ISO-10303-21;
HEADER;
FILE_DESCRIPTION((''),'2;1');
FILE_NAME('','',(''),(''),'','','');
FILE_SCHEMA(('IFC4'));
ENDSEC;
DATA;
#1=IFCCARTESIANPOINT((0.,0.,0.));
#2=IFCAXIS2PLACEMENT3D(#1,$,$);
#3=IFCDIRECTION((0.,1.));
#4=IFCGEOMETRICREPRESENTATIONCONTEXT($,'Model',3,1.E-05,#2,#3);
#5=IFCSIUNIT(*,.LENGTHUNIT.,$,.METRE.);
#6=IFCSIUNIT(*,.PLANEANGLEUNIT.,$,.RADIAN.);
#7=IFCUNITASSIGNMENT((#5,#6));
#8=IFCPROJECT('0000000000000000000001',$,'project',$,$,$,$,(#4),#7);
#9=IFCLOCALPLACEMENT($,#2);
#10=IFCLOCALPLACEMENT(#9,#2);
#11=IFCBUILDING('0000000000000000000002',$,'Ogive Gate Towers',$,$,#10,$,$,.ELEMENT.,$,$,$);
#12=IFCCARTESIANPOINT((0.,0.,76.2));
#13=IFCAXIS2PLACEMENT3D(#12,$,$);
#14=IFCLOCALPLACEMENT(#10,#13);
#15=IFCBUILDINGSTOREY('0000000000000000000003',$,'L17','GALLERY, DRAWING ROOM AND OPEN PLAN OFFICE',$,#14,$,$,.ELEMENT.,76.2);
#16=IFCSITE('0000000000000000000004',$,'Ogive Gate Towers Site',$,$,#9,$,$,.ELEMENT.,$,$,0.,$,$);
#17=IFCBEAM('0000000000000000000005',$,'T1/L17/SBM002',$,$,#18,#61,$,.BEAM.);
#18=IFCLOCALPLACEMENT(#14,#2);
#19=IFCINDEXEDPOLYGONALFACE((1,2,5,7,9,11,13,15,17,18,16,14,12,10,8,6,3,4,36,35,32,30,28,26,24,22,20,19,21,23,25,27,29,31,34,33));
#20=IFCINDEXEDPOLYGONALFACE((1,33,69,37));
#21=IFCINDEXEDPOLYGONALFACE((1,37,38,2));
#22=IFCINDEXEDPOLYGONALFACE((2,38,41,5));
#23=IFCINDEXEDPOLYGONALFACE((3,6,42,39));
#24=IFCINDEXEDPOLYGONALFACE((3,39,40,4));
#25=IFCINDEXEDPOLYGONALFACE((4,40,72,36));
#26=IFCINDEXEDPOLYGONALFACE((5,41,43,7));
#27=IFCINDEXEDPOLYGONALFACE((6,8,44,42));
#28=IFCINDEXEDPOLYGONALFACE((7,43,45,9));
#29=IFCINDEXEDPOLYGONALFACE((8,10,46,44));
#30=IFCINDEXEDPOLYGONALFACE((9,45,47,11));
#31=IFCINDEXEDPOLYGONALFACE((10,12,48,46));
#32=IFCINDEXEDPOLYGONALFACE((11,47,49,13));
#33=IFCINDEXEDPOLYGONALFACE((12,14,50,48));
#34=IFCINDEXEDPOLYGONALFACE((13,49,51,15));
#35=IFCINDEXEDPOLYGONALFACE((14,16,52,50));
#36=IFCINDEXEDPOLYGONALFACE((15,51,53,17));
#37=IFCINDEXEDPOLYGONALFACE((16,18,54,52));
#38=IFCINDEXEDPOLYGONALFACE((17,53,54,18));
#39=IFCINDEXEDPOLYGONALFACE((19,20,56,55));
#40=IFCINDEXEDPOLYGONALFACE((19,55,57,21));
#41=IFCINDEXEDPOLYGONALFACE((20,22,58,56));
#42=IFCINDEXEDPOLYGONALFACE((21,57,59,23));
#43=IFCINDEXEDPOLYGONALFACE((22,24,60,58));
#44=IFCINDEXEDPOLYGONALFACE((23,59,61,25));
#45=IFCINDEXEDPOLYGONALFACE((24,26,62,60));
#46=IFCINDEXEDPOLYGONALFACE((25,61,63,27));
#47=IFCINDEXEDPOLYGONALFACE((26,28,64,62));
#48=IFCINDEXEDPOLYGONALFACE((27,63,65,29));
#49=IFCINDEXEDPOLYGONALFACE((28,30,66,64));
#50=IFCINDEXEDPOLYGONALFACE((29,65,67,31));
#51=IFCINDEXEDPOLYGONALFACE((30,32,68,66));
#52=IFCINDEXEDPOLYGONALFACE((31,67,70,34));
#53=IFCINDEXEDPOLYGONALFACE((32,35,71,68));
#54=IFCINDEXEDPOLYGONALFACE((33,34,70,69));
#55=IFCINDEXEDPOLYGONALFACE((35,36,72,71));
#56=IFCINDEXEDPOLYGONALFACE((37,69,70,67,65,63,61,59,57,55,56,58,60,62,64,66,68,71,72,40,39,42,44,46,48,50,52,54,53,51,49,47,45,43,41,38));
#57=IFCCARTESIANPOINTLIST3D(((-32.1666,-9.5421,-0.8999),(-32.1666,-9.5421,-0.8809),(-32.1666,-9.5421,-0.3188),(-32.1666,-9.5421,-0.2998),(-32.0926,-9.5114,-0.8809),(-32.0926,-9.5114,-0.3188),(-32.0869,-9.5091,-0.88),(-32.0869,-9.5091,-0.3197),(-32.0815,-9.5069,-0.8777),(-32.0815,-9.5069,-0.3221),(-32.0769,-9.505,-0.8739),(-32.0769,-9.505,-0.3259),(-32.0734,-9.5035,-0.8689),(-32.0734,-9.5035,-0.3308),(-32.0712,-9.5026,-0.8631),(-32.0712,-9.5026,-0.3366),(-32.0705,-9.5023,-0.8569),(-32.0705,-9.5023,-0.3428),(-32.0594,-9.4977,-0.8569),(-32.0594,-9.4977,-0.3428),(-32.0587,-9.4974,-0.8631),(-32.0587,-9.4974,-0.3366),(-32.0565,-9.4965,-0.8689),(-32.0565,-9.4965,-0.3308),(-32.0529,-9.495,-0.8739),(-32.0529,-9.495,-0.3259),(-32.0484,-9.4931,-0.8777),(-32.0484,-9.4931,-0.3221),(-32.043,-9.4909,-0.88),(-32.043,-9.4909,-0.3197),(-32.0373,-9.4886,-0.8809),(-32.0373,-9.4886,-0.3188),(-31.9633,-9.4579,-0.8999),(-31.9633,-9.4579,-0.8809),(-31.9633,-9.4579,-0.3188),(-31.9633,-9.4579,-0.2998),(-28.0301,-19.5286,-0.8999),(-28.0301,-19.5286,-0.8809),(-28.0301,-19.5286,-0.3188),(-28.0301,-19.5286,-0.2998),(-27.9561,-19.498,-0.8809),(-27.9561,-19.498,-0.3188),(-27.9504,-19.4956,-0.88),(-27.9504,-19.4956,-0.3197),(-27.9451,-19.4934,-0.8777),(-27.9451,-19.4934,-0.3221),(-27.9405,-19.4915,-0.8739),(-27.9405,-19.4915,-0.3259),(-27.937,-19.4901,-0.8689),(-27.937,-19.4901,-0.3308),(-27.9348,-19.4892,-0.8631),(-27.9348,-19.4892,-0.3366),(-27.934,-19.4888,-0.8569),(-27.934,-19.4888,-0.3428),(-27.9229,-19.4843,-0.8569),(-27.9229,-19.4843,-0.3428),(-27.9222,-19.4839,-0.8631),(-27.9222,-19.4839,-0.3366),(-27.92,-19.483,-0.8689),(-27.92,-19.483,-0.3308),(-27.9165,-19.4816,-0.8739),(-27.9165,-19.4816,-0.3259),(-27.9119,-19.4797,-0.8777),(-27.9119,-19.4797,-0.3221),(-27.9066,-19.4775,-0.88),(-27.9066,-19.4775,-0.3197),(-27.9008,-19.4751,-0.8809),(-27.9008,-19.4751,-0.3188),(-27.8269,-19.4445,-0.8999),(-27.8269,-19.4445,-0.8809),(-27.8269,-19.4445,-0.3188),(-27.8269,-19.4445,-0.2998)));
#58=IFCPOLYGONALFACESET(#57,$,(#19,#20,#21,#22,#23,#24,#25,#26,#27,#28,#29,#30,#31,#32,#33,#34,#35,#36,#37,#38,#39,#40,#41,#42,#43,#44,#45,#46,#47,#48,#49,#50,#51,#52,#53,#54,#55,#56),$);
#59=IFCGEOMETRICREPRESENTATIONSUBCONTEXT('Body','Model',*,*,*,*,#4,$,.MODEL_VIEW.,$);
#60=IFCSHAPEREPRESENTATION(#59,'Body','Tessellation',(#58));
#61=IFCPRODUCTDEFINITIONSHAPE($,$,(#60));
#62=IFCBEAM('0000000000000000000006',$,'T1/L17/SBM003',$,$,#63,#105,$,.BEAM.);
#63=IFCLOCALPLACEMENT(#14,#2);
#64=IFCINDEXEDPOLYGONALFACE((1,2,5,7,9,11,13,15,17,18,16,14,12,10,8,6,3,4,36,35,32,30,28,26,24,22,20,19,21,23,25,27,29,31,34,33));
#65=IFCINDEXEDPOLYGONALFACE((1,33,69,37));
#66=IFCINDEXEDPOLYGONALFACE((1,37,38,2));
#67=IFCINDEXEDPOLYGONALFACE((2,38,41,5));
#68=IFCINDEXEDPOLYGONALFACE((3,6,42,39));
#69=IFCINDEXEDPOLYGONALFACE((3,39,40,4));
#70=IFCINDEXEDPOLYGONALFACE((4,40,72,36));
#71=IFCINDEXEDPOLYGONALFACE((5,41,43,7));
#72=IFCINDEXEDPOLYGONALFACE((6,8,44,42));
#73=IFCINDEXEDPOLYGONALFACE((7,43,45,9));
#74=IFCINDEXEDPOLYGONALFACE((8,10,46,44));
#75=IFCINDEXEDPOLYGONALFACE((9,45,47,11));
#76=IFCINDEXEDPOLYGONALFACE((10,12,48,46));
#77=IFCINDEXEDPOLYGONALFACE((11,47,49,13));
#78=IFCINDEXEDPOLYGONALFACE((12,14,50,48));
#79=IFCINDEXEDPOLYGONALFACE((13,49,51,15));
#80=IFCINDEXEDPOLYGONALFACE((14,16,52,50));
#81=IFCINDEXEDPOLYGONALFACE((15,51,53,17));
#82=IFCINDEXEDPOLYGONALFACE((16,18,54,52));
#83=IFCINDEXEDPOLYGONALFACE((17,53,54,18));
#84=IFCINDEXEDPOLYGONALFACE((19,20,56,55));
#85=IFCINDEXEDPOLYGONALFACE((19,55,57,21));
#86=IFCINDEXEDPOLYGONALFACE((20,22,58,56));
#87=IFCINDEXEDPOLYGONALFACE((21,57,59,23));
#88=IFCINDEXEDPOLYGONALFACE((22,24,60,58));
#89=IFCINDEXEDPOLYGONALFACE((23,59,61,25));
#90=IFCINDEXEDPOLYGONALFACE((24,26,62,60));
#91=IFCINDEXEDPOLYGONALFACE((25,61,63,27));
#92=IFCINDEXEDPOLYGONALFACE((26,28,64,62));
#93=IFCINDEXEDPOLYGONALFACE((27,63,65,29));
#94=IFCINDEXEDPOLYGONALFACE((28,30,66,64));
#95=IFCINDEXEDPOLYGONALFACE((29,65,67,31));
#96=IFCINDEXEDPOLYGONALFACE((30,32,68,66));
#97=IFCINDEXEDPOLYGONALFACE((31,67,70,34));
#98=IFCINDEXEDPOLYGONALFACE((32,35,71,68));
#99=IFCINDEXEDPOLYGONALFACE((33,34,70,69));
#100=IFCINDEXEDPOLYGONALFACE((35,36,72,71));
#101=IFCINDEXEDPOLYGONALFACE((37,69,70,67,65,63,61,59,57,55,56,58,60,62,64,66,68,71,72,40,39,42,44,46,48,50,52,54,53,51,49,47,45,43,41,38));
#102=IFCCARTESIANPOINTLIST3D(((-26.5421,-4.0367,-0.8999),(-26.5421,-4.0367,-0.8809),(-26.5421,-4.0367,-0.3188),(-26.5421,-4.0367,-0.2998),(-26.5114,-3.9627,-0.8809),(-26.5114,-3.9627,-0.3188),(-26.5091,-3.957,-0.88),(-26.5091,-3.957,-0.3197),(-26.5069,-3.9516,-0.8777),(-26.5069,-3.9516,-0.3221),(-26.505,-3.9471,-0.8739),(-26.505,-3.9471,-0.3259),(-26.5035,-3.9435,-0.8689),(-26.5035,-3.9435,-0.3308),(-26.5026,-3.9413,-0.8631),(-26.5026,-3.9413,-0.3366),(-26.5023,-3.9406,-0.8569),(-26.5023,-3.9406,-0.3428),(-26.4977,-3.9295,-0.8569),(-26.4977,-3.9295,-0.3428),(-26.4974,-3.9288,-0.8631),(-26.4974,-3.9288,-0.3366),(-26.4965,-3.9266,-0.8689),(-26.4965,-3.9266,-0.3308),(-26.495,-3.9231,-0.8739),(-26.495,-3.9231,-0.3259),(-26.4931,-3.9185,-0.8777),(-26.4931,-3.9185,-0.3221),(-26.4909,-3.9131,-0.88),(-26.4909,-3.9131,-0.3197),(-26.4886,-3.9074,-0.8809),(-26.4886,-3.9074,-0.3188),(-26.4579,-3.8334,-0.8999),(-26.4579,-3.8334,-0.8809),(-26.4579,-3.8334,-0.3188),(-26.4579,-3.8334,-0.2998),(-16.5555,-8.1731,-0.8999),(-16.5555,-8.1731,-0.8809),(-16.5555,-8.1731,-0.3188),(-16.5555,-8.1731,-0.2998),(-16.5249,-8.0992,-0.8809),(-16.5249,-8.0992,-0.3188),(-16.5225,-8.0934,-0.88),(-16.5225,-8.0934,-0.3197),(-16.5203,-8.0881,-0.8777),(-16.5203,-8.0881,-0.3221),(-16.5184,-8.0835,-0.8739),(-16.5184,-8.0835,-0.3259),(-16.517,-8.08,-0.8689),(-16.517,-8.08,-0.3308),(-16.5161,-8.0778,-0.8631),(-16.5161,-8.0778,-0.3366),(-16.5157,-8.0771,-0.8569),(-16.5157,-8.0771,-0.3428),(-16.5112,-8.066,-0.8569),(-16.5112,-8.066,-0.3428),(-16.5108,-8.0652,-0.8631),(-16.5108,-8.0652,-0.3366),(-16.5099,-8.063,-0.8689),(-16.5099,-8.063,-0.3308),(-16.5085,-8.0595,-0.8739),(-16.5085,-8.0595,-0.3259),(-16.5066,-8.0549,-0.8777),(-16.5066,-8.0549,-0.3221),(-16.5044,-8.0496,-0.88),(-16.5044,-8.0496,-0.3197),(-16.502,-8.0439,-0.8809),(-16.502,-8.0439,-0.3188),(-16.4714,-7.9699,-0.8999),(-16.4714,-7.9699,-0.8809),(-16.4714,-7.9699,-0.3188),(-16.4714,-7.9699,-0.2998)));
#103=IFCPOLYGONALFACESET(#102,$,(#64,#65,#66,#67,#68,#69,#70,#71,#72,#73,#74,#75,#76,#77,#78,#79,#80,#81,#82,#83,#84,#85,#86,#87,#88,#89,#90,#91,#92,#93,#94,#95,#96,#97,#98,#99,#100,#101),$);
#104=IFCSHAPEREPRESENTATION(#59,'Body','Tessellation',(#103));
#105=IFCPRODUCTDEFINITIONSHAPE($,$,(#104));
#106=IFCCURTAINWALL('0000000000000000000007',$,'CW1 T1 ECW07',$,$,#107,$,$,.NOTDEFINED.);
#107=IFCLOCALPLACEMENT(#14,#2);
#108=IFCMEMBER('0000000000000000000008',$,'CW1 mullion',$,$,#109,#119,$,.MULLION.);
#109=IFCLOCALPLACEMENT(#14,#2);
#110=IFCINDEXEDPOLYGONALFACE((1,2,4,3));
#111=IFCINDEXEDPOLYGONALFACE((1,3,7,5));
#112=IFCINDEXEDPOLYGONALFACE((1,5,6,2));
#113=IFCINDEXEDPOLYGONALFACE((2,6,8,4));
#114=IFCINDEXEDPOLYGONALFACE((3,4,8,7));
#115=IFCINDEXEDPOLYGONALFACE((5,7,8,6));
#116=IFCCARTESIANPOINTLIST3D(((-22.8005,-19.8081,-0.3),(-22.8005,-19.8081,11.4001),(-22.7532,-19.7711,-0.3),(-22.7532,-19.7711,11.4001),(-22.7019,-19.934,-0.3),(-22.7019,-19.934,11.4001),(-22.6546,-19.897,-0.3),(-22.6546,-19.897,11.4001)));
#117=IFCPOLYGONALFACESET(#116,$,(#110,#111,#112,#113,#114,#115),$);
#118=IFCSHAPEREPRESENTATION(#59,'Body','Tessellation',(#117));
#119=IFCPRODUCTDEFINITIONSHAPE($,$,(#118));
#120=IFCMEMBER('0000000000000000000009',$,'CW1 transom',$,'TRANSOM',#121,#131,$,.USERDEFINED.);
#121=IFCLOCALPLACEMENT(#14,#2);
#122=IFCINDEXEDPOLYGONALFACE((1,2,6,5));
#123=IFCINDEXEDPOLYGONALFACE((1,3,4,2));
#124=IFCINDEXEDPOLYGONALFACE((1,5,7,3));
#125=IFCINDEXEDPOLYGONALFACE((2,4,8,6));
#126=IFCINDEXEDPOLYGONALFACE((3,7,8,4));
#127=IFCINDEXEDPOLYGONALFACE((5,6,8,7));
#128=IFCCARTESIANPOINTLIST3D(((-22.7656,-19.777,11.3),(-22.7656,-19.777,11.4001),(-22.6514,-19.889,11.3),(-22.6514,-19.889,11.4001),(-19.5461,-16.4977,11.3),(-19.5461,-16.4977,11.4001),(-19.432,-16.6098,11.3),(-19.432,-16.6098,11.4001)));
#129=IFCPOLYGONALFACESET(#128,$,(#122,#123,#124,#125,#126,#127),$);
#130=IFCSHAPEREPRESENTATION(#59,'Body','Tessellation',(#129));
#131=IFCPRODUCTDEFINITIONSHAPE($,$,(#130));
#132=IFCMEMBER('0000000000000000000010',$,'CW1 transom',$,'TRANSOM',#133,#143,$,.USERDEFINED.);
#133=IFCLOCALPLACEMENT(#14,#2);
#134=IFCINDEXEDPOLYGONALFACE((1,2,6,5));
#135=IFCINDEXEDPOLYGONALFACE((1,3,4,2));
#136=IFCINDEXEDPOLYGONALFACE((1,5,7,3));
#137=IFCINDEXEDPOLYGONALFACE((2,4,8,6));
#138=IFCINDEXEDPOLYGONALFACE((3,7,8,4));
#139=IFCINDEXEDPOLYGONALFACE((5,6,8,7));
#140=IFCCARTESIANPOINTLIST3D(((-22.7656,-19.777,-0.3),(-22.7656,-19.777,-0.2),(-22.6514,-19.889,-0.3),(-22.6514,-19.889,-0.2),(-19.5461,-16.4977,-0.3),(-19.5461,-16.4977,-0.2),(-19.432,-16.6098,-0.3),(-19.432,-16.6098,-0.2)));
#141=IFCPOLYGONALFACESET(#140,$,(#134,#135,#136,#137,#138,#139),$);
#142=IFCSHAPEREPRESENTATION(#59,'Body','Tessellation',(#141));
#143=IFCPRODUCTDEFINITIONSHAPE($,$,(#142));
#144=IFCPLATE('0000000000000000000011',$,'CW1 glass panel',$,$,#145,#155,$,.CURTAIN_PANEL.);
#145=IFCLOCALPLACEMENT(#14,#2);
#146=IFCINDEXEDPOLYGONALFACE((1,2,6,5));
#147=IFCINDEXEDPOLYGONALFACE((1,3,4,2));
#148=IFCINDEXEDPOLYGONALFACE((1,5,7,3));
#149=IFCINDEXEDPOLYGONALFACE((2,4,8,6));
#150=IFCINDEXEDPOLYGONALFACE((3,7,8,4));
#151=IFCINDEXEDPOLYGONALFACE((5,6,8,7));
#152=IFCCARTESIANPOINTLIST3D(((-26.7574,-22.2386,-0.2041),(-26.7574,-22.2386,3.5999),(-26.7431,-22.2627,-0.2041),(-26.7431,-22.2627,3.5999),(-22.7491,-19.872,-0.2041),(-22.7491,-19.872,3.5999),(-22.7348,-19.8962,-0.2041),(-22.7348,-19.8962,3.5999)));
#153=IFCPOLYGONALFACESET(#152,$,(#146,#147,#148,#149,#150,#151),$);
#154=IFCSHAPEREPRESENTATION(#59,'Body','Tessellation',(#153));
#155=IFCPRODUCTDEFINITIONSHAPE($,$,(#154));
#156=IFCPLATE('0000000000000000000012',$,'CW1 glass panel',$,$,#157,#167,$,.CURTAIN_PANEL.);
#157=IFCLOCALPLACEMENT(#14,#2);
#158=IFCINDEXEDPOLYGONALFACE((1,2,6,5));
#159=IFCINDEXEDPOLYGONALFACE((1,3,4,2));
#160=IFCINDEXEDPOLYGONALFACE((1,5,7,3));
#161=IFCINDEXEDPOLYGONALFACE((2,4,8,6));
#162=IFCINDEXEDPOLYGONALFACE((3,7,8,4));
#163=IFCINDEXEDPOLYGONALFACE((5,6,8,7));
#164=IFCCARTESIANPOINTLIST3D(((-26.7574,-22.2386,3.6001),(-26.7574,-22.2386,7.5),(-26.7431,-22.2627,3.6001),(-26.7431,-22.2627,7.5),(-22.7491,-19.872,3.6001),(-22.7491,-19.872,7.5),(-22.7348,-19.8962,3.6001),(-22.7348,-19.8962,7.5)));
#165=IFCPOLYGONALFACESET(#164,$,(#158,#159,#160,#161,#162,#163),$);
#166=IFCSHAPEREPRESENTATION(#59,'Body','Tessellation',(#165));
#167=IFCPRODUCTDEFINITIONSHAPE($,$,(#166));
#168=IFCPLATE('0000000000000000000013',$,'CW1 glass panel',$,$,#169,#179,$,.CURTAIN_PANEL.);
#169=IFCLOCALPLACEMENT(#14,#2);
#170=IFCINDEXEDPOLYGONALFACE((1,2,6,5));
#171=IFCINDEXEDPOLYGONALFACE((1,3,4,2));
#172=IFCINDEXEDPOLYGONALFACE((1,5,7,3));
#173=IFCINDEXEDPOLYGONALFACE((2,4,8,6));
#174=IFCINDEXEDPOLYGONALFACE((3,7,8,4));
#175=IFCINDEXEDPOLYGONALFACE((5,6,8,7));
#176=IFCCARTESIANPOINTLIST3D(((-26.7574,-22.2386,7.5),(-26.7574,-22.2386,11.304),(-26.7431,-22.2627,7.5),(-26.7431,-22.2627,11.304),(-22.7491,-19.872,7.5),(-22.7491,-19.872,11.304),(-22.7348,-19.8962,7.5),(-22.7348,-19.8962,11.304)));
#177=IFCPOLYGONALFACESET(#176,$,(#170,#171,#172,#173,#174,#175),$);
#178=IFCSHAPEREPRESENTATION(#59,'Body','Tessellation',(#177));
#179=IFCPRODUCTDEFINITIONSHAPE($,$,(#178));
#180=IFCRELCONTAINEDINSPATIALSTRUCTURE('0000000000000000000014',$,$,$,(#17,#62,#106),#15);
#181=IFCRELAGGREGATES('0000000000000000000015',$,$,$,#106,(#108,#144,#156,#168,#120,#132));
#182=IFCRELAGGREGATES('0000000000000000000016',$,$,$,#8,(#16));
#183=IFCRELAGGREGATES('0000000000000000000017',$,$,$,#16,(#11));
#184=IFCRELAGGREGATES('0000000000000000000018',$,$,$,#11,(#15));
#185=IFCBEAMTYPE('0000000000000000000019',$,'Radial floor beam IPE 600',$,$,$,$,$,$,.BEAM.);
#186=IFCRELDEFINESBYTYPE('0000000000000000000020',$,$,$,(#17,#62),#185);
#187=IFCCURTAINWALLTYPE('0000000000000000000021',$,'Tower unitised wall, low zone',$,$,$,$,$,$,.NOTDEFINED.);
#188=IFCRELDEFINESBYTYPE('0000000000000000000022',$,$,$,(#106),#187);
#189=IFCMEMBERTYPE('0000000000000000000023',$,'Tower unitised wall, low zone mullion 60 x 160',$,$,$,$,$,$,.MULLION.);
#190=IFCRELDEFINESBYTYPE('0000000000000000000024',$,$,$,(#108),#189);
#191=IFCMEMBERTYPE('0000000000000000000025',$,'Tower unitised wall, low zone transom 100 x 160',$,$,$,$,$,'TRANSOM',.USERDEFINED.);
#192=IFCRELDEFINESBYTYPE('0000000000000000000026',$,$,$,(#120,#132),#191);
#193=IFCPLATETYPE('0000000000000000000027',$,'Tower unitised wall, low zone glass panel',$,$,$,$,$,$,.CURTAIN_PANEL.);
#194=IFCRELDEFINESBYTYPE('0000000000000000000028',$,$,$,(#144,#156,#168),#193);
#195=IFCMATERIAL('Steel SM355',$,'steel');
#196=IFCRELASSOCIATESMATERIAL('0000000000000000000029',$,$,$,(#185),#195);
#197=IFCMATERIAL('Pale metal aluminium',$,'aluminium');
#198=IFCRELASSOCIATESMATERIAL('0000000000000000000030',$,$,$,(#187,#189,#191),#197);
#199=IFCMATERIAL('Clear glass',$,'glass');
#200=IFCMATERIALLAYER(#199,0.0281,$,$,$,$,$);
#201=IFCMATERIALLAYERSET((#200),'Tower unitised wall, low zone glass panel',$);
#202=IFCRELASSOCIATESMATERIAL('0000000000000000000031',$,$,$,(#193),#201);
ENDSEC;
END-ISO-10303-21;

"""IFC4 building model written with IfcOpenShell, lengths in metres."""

from ifc_helpers import new_model, si_unit, direction, frame, origin, origin_2d, place, context, subcontext, project, spatial, rectangle, i_section, extrude, material, layer, layer_set, material_profile, profile_set, type_object, element, aggregate, save


model = new_model("IFC4")

# Units and contexts
model_context = context("Model", 3, precision=1e-05, world=origin(), true_north=direction((0.0, 1.0)))
body_context = subcontext(model_context, "Body", "Model", "MODEL_VIEW")
ifc_project = project(units=[si_unit("LENGTHUNIT", "METRE"), si_unit("PLANEANGLEUNIT", "RADIAN")], contexts=[model_context])

# Site, building, storey
site_placement = place(None, origin())
site = spatial("IfcSite", under=ifc_project, at=site_placement, Name="Ogive Gate Towers Site", CompositionType="ELEMENT", RefElevation=0.0)
building_placement = place(site_placement, origin())
building = spatial("IfcBuilding", under=site, at=building_placement, Name="Ogive Gate Towers", CompositionType="ELEMENT")
storey_placement = place(building_placement, frame((0.0, 0.0, 76.2)))
storey = spatial("IfcBuildingStorey", under=building, at=storey_placement, Name="L17", Description="GALLERY, DRAWING ROOM AND OPEN PLAN OFFICE", CompositionType="ELEMENT", Elevation=76.2)

# Beams
ifc_material_1 = material(Name="Steel SM355", Category="steel")
ifc_material_profile_1 = material_profile(ifc_material_1, i_section(OverallWidth=0.22, OverallDepth=0.6001, WebThickness=0.012, FlangeThickness=0.019, FilletRadius=0.0239, at=origin_2d()), Name="IPE 600")
ifc_profile_set_1 = profile_set([ifc_material_profile_1], Name="Steel SM355")
beam_type = type_object("IfcBeamType", Name="Radial floor beam IPE 600", PredefinedType="BEAM", material=ifc_profile_set_1)
for number, where, z_axis, x_axis, name in (
    (1, (-32.0649, -9.5, -0.5999), (0.382676, -0.923883, 0.0), (0.923883, 0.382676, 0.0), "T1/L17/SBM002"),
    (2, (-26.5, -3.9351, -0.5999), (0.923883, -0.382676, 0.0), (0.382676, 0.923883, 0.0), "T1/L17/SBM003"),
):
    element("IfcBeam", number, at=place(storey_placement, frame(where, z_axis=z_axis, x_axis=x_axis)), inside=storey, type_object=beam_type, Name=name, PredefinedType="BEAM", context=body_context, shape_type="SweptSolid", body=[
        extrude(i_section(OverallWidth=0.22, OverallDepth=0.6001, WebThickness=0.012, FlangeThickness=0.019, FilletRadius=0.0239, at=origin_2d()), origin(), (0.0, 0.0, 1.0), 10.8093),
    ])

# Curtain wall, members, plates
ifc_material_2 = material(Name="Pale metal aluminium", Category="aluminium")
curtain_wall_type = type_object("IfcCurtainWallType", Name="Tower unitised wall, low zone", PredefinedType="NOTDEFINED", material=ifc_material_2)
curtain_wall_placement = place(storey_placement, origin())
curtain_wall = element("IfcCurtainWall", 3, at=curtain_wall_placement, inside=storey, type_object=curtain_wall_type, Name="CW1 T1 ECW07", PredefinedType="NOTDEFINED")
ifc_material_profile_2 = material_profile(ifc_material_2, rectangle(XDim=0.1599, YDim=0.0601, at=origin_2d()), Name="60 x 160 aluminium box")
ifc_profile_set_2 = profile_set([ifc_material_profile_2], Name="Pale metal aluminium")
member_type_1 = type_object("IfcMemberType", Name="Tower unitised wall, low zone mullion 60 x 160", PredefinedType="MULLION", material=ifc_profile_set_2)
member_1_placement = place(storey_placement, frame((-22.7275, -19.8525, -0.3), z_axis=(0.0, 0.0, 1.0), x_axis=(0.616239, -0.787559, 0.0)))
member_1 = element("IfcMember", 4, at=member_1_placement, type_object=member_type_1, Name="CW1 mullion", PredefinedType="MULLION", context=body_context, shape_type="SweptSolid", body=[
    extrude(rectangle(XDim=0.1599, YDim=0.0601, at=origin_2d()), origin(), (0.0, 0.0, 1.0), 11.7002),
])
ifc_material_profile_3 = material_profile(ifc_material_2, rectangle(XDim=0.1599, YDim=0.1001, at=origin_2d()), Name="100 x 160 aluminium box")
ifc_profile_set_3 = profile_set([ifc_material_profile_3], Name="Pale metal aluminium")
member_type_2 = type_object("IfcMemberType", Name="Tower unitised wall, low zone transom 100 x 160", ElementType="TRANSOM", PredefinedType="USERDEFINED", material=ifc_profile_set_3)
member_2_placement = place(storey_placement, frame((-22.7085, -19.833, 11.3501), z_axis=(0.700569, 0.713585, 0.0), x_axis=(-0.713585, 0.700569, 0.0)))
member_2 = element("IfcMember", 5, at=member_2_placement, type_object=member_type_2, Name="CW1 transom", ObjectType="TRANSOM", PredefinedType="USERDEFINED", context=body_context, shape_type="SweptSolid", body=[
    extrude(rectangle(XDim=0.1599, YDim=0.1001, at=origin_2d()), origin(), (0.0, 0.0, 1.0), 4.5955),
])
member_3_placement = place(storey_placement, frame((-22.7085, -19.833, -0.25), z_axis=(0.700569, 0.713585, 0.0), x_axis=(-0.713585, 0.700569, 0.0)))
member_3 = element("IfcMember", 6, at=member_3_placement, type_object=member_type_2, Name="CW1 transom", ObjectType="TRANSOM", PredefinedType="USERDEFINED", context=body_context, shape_type="SweptSolid", body=[
    extrude(rectangle(XDim=0.1599, YDim=0.1001, at=origin_2d()), origin(), (0.0, 0.0, 1.0), 4.5955),
])
ifc_material_3 = material(Name="Clear glass", Category="glass")
ifc_layer_1 = layer(ifc_material_3, 0.0281)
ifc_layer_set_1 = layer_set([ifc_layer_1], Name="Tower unitised wall, low zone glass panel")
plate_type = type_object("IfcPlateType", Name="Tower unitised wall, low zone glass panel", PredefinedType="CURTAIN_PANEL", material=ifc_layer_set_1)
plate_1_placement = place(storey_placement, frame((-24.7461, -21.0674, -0.2041), z_axis=(0.0, 0.0, 1.0), x_axis=(0.861115, 0.50841, 0.0)))
plate_1 = element("IfcPlate", 7, at=plate_1_placement, type_object=plate_type, Name="CW1 glass panel", PredefinedType="CURTAIN_PANEL", context=body_context, shape_type="SweptSolid", body=[
    extrude(rectangle(XDim=4.6548, YDim=0.0281, at=origin_2d()), origin(), (0.0, 0.0, 1.0), 3.804),
])
plate_2_placement = place(storey_placement, frame((-24.7461, -21.0674, 3.6001), z_axis=(0.0, 0.0, 1.0), x_axis=(0.861115, 0.50841, 0.0)))
plate_2 = element("IfcPlate", 8, at=plate_2_placement, type_object=plate_type, Name="CW1 glass panel", PredefinedType="CURTAIN_PANEL", context=body_context, shape_type="SweptSolid", body=[
    extrude(rectangle(XDim=4.6548, YDim=0.0281, at=origin_2d()), origin(), (0.0, 0.0, 1.0), 3.8999),
])
plate_3_placement = place(storey_placement, frame((-24.7461, -21.0674, 7.5), z_axis=(0.0, 0.0, 1.0), x_axis=(0.861115, 0.50841, 0.0)))
plate_3 = element("IfcPlate", 9, at=plate_3_placement, type_object=plate_type, Name="CW1 glass panel", PredefinedType="CURTAIN_PANEL", context=body_context, shape_type="SweptSolid", body=[
    extrude(rectangle(XDim=4.6548, YDim=0.0281, at=origin_2d()), origin(), (0.0, 0.0, 1.0), 3.804),
])
aggregate(curtain_wall, [member_1, plate_1, plate_2, plate_3, member_2, member_3])

save(model, "model.ifc")
